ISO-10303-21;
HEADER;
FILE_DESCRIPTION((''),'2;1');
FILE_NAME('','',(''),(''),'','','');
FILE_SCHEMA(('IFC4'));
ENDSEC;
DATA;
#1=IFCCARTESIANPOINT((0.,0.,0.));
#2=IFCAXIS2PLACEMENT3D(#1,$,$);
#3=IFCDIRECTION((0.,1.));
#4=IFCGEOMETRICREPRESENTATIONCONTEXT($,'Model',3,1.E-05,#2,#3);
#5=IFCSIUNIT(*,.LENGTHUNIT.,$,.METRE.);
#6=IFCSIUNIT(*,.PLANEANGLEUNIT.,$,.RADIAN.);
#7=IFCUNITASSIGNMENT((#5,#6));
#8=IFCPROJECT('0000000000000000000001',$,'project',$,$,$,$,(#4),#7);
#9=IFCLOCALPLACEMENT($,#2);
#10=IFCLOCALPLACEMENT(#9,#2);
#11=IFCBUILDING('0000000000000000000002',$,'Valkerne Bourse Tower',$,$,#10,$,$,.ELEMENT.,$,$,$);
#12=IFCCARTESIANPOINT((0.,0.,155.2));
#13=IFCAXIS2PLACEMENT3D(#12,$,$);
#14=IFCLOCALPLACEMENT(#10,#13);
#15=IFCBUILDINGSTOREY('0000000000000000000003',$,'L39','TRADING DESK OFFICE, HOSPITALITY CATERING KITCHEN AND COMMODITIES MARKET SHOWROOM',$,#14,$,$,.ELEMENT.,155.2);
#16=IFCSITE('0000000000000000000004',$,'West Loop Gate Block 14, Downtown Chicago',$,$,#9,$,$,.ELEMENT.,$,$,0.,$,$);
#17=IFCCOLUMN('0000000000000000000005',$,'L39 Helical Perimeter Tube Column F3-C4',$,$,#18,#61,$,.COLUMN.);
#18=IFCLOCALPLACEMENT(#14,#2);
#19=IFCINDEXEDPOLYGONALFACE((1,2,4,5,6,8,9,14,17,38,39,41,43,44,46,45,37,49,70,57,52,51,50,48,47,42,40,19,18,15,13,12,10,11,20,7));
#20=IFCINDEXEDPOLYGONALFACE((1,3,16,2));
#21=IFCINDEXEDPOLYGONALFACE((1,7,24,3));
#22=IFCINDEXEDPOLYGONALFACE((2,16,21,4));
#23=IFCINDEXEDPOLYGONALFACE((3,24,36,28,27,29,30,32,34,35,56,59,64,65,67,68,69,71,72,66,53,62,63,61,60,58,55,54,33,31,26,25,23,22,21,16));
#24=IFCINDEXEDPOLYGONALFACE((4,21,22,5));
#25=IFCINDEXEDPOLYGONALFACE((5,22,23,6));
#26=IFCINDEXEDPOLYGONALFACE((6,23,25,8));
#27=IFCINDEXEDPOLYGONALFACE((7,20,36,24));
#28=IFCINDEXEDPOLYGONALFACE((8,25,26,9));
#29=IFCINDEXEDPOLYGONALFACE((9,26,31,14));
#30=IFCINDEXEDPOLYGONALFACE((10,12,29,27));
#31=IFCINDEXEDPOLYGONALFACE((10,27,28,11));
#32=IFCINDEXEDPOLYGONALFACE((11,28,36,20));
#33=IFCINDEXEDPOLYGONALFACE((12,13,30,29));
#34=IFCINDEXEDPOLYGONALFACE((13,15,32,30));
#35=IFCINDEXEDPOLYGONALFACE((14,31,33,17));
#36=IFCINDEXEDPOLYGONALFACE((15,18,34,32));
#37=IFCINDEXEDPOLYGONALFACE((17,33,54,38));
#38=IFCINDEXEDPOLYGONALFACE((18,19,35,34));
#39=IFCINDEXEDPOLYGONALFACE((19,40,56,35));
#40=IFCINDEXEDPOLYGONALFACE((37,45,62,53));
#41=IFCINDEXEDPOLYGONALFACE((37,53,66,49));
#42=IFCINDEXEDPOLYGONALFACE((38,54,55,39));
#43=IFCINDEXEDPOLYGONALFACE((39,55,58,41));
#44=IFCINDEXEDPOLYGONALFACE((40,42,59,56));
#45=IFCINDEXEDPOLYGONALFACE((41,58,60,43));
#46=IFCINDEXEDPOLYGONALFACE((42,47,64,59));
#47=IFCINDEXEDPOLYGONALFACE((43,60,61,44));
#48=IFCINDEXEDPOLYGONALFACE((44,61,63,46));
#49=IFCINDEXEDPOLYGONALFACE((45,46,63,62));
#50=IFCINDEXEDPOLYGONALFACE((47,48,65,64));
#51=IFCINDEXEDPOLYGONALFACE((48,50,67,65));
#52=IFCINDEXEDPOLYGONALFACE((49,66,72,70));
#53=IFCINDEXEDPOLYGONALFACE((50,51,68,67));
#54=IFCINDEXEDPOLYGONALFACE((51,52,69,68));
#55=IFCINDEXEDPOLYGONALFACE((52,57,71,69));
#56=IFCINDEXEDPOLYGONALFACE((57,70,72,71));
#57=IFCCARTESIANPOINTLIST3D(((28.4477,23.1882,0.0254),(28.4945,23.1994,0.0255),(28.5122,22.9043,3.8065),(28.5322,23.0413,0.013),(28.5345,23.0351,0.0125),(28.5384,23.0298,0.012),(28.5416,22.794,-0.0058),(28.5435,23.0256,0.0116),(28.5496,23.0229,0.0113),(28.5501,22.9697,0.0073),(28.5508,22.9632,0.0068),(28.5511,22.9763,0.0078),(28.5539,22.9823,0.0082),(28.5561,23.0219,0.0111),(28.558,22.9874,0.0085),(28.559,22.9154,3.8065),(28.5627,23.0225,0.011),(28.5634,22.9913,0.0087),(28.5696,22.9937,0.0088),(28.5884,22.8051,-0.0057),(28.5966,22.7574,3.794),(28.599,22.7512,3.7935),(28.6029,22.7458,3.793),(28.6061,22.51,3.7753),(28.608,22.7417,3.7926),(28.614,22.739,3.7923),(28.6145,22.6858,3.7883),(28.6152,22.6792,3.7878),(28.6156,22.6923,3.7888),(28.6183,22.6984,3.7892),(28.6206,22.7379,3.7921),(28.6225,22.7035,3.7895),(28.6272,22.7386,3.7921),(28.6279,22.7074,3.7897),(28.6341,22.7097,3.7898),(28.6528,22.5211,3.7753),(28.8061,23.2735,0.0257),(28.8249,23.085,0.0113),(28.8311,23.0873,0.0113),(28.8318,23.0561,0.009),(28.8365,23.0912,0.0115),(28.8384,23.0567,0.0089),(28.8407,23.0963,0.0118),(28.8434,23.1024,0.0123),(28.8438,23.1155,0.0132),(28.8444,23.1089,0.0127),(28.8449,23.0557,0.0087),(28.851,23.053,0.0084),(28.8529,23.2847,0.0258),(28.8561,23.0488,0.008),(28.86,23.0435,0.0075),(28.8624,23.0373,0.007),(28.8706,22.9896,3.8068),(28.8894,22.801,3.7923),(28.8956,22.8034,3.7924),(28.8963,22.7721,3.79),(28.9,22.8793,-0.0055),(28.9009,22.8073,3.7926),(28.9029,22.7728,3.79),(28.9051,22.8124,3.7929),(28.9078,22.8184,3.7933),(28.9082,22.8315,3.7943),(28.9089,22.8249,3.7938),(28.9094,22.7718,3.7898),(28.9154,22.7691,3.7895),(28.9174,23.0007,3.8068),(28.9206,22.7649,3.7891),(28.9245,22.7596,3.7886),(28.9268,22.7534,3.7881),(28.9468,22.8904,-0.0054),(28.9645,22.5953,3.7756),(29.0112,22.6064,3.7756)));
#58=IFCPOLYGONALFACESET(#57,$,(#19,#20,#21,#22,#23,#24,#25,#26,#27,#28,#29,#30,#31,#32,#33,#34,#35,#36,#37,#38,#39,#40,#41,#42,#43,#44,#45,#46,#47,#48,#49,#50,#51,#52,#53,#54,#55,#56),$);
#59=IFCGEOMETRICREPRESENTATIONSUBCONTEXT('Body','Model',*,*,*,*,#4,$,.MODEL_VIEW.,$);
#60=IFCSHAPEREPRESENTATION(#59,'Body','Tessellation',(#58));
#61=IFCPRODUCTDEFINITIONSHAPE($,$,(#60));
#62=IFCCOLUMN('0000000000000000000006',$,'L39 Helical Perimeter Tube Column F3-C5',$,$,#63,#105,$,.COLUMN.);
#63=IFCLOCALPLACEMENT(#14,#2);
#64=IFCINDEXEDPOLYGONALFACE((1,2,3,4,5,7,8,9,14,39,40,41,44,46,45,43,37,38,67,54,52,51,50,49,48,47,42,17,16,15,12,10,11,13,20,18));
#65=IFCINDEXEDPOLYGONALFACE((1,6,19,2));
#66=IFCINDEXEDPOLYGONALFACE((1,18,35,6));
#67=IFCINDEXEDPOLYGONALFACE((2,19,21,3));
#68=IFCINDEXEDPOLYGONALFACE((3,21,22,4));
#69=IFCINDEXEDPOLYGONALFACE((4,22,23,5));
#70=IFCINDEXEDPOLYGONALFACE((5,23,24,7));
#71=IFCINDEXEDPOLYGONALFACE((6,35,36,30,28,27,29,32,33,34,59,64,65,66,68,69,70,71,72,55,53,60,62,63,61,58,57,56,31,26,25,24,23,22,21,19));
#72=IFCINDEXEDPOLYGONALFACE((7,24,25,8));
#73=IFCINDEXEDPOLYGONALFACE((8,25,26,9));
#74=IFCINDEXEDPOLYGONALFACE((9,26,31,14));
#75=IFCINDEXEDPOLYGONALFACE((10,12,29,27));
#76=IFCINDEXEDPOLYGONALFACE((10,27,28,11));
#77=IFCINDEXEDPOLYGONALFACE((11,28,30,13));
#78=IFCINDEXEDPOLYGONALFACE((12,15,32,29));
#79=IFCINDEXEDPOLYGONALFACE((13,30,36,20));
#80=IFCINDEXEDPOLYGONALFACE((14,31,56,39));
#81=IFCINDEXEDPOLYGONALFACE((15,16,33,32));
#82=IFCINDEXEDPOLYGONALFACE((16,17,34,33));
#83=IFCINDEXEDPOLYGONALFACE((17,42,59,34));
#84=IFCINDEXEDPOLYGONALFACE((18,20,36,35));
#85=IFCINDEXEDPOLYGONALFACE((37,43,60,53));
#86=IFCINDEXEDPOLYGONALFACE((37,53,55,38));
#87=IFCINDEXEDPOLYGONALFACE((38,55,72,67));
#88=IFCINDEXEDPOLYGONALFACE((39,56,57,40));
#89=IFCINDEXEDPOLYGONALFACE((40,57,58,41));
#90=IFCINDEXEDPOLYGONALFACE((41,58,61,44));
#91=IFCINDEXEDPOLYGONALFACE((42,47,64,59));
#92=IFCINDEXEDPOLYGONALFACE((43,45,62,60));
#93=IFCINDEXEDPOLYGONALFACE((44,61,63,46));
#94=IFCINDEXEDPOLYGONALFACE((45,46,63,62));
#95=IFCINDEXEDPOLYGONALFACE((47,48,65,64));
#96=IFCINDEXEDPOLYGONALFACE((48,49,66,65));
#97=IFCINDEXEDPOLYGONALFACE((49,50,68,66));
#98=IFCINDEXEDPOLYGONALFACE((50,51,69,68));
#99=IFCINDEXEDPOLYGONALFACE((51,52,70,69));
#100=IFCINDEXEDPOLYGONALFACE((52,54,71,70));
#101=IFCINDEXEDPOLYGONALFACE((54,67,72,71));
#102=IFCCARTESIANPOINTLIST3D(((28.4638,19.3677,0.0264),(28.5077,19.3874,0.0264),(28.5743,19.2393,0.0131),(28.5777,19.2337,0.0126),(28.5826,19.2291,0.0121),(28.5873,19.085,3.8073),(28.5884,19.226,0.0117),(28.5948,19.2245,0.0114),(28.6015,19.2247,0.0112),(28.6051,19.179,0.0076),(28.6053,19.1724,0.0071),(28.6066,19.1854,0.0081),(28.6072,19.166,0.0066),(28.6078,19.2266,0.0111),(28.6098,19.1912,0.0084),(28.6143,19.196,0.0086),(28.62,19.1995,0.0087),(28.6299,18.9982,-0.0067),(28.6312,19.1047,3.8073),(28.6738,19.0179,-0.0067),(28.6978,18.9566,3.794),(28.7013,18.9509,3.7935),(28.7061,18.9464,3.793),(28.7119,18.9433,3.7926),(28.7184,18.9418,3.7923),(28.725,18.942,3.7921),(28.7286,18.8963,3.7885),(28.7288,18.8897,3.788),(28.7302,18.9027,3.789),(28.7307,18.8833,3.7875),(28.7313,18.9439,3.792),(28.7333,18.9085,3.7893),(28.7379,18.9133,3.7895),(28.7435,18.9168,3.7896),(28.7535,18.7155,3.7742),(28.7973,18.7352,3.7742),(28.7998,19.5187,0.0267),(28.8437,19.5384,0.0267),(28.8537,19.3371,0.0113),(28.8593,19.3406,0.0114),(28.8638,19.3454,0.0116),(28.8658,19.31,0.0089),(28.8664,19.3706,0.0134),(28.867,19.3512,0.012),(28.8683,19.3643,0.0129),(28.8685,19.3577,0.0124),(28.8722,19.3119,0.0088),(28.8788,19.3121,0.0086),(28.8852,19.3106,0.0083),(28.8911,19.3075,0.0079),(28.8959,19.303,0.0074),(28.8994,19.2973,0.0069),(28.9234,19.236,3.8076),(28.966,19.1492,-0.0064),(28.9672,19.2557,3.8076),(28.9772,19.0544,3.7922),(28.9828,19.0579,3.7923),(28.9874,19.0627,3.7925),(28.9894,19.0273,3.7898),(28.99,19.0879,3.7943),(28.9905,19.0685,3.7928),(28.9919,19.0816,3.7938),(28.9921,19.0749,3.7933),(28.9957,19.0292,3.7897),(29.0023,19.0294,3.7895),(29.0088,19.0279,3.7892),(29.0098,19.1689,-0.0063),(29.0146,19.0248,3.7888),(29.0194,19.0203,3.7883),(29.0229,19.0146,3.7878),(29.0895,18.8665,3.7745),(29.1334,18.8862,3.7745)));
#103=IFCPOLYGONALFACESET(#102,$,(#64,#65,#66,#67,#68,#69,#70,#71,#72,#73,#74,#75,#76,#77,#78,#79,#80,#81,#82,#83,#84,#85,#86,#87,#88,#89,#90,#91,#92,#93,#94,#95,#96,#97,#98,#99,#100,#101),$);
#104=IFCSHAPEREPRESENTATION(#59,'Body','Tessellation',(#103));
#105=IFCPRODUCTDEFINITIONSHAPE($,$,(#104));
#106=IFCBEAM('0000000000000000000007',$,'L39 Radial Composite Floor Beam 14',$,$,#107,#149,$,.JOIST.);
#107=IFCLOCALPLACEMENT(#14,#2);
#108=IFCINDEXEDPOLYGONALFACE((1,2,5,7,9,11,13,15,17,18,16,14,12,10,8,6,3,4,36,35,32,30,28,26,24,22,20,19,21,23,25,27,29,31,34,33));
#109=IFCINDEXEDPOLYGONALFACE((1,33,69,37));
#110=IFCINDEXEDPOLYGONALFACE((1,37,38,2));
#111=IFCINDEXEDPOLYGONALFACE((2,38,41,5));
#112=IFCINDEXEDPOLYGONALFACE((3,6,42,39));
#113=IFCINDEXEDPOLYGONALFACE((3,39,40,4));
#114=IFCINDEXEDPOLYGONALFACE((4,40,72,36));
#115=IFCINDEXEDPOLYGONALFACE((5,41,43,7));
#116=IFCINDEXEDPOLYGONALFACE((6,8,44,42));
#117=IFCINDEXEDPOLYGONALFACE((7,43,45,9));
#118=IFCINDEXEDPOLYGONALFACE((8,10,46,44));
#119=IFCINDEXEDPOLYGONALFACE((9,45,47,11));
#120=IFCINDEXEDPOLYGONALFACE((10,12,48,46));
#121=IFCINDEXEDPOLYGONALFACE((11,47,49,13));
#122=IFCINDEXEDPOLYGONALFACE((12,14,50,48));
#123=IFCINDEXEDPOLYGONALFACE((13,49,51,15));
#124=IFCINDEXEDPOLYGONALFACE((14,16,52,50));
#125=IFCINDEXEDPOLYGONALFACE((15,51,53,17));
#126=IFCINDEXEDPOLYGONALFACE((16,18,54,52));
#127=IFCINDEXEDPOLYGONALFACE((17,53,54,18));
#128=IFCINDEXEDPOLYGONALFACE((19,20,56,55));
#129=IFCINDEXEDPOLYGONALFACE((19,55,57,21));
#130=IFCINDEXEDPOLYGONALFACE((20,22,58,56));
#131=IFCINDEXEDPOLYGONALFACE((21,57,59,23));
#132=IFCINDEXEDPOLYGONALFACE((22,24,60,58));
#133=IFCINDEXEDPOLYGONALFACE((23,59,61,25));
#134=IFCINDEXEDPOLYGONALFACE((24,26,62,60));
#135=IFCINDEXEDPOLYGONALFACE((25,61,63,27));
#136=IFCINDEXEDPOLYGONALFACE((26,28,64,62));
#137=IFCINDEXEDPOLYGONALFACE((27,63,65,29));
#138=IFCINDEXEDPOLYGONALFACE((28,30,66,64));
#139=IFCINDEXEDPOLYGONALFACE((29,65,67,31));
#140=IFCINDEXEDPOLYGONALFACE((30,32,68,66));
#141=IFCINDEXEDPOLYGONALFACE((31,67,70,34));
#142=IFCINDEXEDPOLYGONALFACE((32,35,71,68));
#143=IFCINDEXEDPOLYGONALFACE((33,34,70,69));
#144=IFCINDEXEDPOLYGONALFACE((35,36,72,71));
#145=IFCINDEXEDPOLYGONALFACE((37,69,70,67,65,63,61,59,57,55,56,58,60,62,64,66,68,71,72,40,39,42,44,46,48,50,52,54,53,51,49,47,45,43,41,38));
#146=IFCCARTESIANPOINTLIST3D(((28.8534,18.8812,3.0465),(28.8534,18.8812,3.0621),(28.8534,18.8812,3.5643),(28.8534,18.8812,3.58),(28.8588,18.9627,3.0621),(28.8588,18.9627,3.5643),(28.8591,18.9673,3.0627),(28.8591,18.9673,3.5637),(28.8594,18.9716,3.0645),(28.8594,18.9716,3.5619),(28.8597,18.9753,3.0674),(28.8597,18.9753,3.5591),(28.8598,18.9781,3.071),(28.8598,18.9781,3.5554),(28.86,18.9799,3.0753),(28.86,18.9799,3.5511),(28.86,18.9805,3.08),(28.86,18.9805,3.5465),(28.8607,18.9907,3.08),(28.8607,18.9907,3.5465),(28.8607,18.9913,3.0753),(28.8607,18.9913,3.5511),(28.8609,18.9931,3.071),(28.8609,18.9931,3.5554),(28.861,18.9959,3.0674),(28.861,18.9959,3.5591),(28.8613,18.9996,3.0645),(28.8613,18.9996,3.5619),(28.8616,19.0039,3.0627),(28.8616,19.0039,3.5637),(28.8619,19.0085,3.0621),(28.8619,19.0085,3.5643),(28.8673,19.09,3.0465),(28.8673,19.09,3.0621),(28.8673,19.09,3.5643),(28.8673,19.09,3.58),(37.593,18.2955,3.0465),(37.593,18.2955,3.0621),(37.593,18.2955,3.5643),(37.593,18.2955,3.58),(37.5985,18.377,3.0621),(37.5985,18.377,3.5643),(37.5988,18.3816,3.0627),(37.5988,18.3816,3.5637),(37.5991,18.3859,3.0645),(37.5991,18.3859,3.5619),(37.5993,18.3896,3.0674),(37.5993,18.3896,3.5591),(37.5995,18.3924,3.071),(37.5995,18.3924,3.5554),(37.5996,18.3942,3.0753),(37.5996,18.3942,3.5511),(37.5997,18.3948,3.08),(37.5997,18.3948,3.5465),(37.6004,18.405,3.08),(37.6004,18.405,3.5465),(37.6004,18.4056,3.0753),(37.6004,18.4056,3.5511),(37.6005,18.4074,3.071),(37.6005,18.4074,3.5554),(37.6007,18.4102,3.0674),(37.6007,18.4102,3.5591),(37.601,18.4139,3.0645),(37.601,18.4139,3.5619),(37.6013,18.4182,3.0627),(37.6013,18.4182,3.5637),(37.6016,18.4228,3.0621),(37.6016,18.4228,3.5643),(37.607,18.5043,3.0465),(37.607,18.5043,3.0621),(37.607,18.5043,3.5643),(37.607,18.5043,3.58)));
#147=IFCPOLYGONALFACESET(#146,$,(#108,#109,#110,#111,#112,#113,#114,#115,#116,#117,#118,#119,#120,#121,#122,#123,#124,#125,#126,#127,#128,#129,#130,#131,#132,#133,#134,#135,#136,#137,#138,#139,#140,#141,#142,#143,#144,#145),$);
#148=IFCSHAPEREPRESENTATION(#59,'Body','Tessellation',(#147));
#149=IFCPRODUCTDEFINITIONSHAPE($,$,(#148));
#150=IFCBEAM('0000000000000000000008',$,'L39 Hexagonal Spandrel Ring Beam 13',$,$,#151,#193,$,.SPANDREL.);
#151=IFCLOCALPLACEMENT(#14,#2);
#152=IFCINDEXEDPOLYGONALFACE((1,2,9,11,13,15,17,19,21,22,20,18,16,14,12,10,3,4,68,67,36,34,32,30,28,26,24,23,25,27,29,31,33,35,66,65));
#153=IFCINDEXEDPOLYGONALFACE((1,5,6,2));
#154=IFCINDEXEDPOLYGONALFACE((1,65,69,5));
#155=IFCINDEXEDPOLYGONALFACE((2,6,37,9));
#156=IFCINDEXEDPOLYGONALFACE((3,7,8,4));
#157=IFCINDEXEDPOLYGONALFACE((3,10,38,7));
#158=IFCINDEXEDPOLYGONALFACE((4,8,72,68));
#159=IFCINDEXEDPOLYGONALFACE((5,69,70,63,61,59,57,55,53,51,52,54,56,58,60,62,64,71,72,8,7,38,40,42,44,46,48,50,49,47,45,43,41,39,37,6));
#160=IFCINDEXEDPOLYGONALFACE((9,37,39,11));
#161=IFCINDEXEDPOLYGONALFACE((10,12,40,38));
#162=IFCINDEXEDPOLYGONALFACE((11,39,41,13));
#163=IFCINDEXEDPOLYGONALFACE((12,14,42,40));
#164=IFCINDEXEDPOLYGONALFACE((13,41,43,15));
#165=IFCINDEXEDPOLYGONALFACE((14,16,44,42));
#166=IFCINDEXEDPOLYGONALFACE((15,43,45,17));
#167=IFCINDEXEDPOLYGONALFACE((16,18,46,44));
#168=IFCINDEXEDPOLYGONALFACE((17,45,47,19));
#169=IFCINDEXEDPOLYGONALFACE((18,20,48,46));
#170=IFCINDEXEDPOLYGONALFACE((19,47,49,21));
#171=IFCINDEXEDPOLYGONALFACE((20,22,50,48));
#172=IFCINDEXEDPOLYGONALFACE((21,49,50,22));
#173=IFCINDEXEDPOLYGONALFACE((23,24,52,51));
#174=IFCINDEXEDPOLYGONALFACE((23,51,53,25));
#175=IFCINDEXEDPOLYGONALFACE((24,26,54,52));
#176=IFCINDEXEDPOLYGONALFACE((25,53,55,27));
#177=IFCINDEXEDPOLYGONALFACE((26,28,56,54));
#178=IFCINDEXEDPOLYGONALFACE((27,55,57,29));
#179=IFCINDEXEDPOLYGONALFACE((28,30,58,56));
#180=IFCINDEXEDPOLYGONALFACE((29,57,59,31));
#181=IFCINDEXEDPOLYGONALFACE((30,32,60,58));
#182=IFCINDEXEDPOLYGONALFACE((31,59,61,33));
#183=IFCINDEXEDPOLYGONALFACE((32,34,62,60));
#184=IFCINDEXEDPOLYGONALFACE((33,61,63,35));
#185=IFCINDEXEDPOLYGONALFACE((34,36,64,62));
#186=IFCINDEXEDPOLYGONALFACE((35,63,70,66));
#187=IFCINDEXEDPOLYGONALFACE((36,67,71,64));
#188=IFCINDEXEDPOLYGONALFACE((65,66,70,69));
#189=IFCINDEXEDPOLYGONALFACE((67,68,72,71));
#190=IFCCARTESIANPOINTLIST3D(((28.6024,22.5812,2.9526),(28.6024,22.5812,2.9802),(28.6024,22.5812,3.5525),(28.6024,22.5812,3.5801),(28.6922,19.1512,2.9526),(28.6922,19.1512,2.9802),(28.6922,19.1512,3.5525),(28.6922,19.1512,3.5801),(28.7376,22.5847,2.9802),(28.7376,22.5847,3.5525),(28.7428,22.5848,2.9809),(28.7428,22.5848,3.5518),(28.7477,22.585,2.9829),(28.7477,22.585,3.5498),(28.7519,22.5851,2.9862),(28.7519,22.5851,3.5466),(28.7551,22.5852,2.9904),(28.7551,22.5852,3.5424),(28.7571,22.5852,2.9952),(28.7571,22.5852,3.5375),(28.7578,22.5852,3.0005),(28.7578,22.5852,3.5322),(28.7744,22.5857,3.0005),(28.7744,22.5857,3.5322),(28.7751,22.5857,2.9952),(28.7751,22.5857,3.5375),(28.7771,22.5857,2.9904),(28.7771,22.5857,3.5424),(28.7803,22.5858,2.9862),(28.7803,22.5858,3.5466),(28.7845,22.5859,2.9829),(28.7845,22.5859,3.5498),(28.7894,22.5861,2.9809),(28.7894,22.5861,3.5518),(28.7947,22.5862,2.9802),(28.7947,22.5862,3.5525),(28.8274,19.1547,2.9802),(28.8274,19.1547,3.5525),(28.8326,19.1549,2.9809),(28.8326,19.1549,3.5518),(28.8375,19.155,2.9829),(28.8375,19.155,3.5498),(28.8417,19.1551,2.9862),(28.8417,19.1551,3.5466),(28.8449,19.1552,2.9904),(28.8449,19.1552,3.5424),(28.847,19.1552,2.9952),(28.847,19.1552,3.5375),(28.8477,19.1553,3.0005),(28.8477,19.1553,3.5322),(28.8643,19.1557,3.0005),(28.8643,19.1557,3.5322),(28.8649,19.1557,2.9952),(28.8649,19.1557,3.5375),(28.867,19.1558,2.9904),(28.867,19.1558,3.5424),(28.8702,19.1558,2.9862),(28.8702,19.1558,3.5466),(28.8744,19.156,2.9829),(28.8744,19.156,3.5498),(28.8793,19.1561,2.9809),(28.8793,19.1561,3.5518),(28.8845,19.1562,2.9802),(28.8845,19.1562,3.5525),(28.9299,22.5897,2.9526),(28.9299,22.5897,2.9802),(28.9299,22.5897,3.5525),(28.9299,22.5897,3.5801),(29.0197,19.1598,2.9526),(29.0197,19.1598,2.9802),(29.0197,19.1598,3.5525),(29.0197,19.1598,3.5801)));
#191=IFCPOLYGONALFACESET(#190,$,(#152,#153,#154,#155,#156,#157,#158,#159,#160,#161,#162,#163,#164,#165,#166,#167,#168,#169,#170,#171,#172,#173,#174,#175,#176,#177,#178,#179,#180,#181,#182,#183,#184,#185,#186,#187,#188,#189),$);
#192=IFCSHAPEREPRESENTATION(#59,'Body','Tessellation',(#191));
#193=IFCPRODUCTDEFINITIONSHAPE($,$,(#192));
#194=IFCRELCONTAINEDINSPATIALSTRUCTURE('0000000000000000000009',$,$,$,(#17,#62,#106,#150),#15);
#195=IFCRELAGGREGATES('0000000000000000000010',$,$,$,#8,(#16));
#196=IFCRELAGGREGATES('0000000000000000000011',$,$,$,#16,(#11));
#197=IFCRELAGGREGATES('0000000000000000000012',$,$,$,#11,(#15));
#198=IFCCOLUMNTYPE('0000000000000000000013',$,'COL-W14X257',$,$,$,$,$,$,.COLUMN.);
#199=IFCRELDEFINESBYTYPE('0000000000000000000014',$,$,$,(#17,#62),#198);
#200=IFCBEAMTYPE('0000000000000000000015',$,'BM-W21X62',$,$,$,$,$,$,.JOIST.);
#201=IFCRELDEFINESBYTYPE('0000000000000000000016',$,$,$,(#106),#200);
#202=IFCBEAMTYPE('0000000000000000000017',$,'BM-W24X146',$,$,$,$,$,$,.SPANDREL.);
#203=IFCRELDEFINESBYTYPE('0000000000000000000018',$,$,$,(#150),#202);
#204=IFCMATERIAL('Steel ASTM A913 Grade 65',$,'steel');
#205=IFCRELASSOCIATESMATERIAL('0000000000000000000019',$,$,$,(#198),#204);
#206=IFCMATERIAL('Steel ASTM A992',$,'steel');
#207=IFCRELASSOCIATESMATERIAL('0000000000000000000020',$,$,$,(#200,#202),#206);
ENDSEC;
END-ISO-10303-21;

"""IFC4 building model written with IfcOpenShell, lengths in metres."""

from ifc_helpers import new_model, si_unit, direction, frame, origin, origin_2d, place, context, subcontext, project, spatial, i_section, extrude, material, material_profile, profile_set, type_object, element, save


model = new_model("IFC4")

# Units and contexts
model_context = context("Model", 3, precision=1e-05, world=origin(), true_north=direction((0.0, 1.0)))
body_context = subcontext(model_context, "Body", "Model", "MODEL_VIEW")
ifc_project = project(units=[si_unit("LENGTHUNIT", "METRE"), si_unit("PLANEANGLEUNIT", "RADIAN")], contexts=[model_context])

# Site, building, storey
site_placement = place(None, origin())
site = spatial("IfcSite", under=ifc_project, at=site_placement, Name="West Loop Gate Block 14, Downtown Chicago", CompositionType="ELEMENT", RefElevation=0.0)
building_placement = place(site_placement, origin())
building = spatial("IfcBuilding", under=site, at=building_placement, Name="Valkerne Bourse Tower", CompositionType="ELEMENT")
storey_placement = place(building_placement, frame((0.0, 0.0, 155.2)))
storey = spatial("IfcBuildingStorey", under=building, at=storey_placement, Name="L39", Description="TRADING DESK OFFICE, HOSPITALITY CATERING KITCHEN AND COMMODITIES MARKET SHOWROOM", CompositionType="ELEMENT", Elevation=155.2)

# Columns
ifc_material_1 = material(Name="Steel ASTM A913 Grade 65", Category="steel")
ifc_material_profile_1 = material_profile(ifc_material_1, i_section(OverallWidth=0.4065, OverallDepth=0.4165, WebThickness=0.0298, FlangeThickness=0.0481, FilletRadius=0.0254, at=origin_2d()), Name="W14X257")
ifc_profile_set_1 = profile_set([ifc_material_profile_1], Name="Steel ASTM A913 Grade 65")
column_type = type_object("IfcColumnType", Name="COL-W14X257", PredefinedType="COLUMN", material=ifc_profile_set_1)
column_1_placement = place(storey_placement, frame((28.6973, 23.0393, 0.01), z_axis=(0.016996, -0.074874, 0.997048), x_axis=(0.230914, -0.96994, -0.076774)))
element("IfcColumn", 1, at=column_1_placement, inside=storey, type_object=column_type, Name="L39 Helical Perimeter Tube Column F3-C4", PredefinedType="COLUMN", context=body_context, shape_type="SweptSolid", body=[
    extrude(i_section(OverallWidth=0.4065, OverallDepth=0.4165, WebThickness=0.0298, FlangeThickness=0.0481, FilletRadius=0.0254, at=origin_2d()), origin(), (0.0, 0.0, 1.0), 3.7922),
])
column_2_placement = place(storey_placement, frame((28.7368, 19.2683, 0.01), z_axis=(0.032564, -0.074525, 0.996687), x_axis=(0.408651, -0.90906, -0.081324)))
element("IfcColumn", 2, at=column_2_placement, inside=storey, type_object=column_type, Name="L39 Helical Perimeter Tube Column F3-C5", PredefinedType="COLUMN", context=body_context, shape_type="SweptSolid", body=[
    extrude(i_section(OverallWidth=0.4065, OverallDepth=0.4165, WebThickness=0.0298, FlangeThickness=0.0481, FilletRadius=0.0254, at=origin_2d()), origin(), (0.0, 0.0, 1.0), 3.7935),
])

# Beams
ifc_material_2 = material(Name="Steel ASTM A992", Category="steel")
ifc_material_profile_2 = material_profile(ifc_material_2, i_section(OverallWidth=0.2092, OverallDepth=0.5334, WebThickness=0.0103, FlangeThickness=0.0156, FilletRadius=0.0178, at=origin_2d()), Name="W21X62")
ifc_profile_set_2 = profile_set([ifc_material_profile_2], Name="Steel ASTM A992")
beam_type_1 = type_object("IfcBeamType", Name="BM-W21X62", PredefinedType="JOIST", material=ifc_profile_set_2)
beam_1_placement = place(storey_placement, frame((28.8604, 18.9856, 3.3132), z_axis=(0.997762, -0.066865, 0.0), x_axis=(0.066865, 0.997762, 0.0)))
element("IfcBeam", 3, at=beam_1_placement, inside=storey, type_object=beam_type_1, Name="L39 Radial Composite Floor Beam 14", PredefinedType="JOIST", context=body_context, shape_type="SweptSolid", body=[
    extrude(i_section(OverallWidth=0.2092, OverallDepth=0.5334, WebThickness=0.0103, FlangeThickness=0.0156, FilletRadius=0.0178, at=origin_2d()), origin(), (0.0, 0.0, 1.0), 8.7593),
])
ifc_material_profile_3 = material_profile(ifc_material_2, i_section(OverallWidth=0.3276, OverallDepth=0.6274, WebThickness=0.0166, FlangeThickness=0.0276, FilletRadius=0.0203, at=origin_2d()), Name="W24X146")
ifc_profile_set_3 = profile_set([ifc_material_profile_3], Name="Steel ASTM A992")
beam_type_2 = type_object("IfcBeamType", Name="BM-W24X146", PredefinedType="SPANDREL", material=ifc_profile_set_3)
beam_2_placement = place(storey_placement, frame((28.7661, 22.5854, 3.2664), z_axis=(0.026185, -0.999657, 0.0), x_axis=(0.999657, 0.026185, 0.0)))
element("IfcBeam", 4, at=beam_2_placement, inside=storey, type_object=beam_type_2, Name="L39 Hexagonal Spandrel Ring Beam 13", PredefinedType="SPANDREL", context=body_context, shape_type="SweptSolid", body=[
    extrude(i_section(OverallWidth=0.3276, OverallDepth=0.6274, WebThickness=0.0166, FlangeThickness=0.0276, FilletRadius=0.0203, at=origin_2d()), origin(), (0.0, 0.0, 1.0), 3.4312),
])

save(model, "model.ifc")
